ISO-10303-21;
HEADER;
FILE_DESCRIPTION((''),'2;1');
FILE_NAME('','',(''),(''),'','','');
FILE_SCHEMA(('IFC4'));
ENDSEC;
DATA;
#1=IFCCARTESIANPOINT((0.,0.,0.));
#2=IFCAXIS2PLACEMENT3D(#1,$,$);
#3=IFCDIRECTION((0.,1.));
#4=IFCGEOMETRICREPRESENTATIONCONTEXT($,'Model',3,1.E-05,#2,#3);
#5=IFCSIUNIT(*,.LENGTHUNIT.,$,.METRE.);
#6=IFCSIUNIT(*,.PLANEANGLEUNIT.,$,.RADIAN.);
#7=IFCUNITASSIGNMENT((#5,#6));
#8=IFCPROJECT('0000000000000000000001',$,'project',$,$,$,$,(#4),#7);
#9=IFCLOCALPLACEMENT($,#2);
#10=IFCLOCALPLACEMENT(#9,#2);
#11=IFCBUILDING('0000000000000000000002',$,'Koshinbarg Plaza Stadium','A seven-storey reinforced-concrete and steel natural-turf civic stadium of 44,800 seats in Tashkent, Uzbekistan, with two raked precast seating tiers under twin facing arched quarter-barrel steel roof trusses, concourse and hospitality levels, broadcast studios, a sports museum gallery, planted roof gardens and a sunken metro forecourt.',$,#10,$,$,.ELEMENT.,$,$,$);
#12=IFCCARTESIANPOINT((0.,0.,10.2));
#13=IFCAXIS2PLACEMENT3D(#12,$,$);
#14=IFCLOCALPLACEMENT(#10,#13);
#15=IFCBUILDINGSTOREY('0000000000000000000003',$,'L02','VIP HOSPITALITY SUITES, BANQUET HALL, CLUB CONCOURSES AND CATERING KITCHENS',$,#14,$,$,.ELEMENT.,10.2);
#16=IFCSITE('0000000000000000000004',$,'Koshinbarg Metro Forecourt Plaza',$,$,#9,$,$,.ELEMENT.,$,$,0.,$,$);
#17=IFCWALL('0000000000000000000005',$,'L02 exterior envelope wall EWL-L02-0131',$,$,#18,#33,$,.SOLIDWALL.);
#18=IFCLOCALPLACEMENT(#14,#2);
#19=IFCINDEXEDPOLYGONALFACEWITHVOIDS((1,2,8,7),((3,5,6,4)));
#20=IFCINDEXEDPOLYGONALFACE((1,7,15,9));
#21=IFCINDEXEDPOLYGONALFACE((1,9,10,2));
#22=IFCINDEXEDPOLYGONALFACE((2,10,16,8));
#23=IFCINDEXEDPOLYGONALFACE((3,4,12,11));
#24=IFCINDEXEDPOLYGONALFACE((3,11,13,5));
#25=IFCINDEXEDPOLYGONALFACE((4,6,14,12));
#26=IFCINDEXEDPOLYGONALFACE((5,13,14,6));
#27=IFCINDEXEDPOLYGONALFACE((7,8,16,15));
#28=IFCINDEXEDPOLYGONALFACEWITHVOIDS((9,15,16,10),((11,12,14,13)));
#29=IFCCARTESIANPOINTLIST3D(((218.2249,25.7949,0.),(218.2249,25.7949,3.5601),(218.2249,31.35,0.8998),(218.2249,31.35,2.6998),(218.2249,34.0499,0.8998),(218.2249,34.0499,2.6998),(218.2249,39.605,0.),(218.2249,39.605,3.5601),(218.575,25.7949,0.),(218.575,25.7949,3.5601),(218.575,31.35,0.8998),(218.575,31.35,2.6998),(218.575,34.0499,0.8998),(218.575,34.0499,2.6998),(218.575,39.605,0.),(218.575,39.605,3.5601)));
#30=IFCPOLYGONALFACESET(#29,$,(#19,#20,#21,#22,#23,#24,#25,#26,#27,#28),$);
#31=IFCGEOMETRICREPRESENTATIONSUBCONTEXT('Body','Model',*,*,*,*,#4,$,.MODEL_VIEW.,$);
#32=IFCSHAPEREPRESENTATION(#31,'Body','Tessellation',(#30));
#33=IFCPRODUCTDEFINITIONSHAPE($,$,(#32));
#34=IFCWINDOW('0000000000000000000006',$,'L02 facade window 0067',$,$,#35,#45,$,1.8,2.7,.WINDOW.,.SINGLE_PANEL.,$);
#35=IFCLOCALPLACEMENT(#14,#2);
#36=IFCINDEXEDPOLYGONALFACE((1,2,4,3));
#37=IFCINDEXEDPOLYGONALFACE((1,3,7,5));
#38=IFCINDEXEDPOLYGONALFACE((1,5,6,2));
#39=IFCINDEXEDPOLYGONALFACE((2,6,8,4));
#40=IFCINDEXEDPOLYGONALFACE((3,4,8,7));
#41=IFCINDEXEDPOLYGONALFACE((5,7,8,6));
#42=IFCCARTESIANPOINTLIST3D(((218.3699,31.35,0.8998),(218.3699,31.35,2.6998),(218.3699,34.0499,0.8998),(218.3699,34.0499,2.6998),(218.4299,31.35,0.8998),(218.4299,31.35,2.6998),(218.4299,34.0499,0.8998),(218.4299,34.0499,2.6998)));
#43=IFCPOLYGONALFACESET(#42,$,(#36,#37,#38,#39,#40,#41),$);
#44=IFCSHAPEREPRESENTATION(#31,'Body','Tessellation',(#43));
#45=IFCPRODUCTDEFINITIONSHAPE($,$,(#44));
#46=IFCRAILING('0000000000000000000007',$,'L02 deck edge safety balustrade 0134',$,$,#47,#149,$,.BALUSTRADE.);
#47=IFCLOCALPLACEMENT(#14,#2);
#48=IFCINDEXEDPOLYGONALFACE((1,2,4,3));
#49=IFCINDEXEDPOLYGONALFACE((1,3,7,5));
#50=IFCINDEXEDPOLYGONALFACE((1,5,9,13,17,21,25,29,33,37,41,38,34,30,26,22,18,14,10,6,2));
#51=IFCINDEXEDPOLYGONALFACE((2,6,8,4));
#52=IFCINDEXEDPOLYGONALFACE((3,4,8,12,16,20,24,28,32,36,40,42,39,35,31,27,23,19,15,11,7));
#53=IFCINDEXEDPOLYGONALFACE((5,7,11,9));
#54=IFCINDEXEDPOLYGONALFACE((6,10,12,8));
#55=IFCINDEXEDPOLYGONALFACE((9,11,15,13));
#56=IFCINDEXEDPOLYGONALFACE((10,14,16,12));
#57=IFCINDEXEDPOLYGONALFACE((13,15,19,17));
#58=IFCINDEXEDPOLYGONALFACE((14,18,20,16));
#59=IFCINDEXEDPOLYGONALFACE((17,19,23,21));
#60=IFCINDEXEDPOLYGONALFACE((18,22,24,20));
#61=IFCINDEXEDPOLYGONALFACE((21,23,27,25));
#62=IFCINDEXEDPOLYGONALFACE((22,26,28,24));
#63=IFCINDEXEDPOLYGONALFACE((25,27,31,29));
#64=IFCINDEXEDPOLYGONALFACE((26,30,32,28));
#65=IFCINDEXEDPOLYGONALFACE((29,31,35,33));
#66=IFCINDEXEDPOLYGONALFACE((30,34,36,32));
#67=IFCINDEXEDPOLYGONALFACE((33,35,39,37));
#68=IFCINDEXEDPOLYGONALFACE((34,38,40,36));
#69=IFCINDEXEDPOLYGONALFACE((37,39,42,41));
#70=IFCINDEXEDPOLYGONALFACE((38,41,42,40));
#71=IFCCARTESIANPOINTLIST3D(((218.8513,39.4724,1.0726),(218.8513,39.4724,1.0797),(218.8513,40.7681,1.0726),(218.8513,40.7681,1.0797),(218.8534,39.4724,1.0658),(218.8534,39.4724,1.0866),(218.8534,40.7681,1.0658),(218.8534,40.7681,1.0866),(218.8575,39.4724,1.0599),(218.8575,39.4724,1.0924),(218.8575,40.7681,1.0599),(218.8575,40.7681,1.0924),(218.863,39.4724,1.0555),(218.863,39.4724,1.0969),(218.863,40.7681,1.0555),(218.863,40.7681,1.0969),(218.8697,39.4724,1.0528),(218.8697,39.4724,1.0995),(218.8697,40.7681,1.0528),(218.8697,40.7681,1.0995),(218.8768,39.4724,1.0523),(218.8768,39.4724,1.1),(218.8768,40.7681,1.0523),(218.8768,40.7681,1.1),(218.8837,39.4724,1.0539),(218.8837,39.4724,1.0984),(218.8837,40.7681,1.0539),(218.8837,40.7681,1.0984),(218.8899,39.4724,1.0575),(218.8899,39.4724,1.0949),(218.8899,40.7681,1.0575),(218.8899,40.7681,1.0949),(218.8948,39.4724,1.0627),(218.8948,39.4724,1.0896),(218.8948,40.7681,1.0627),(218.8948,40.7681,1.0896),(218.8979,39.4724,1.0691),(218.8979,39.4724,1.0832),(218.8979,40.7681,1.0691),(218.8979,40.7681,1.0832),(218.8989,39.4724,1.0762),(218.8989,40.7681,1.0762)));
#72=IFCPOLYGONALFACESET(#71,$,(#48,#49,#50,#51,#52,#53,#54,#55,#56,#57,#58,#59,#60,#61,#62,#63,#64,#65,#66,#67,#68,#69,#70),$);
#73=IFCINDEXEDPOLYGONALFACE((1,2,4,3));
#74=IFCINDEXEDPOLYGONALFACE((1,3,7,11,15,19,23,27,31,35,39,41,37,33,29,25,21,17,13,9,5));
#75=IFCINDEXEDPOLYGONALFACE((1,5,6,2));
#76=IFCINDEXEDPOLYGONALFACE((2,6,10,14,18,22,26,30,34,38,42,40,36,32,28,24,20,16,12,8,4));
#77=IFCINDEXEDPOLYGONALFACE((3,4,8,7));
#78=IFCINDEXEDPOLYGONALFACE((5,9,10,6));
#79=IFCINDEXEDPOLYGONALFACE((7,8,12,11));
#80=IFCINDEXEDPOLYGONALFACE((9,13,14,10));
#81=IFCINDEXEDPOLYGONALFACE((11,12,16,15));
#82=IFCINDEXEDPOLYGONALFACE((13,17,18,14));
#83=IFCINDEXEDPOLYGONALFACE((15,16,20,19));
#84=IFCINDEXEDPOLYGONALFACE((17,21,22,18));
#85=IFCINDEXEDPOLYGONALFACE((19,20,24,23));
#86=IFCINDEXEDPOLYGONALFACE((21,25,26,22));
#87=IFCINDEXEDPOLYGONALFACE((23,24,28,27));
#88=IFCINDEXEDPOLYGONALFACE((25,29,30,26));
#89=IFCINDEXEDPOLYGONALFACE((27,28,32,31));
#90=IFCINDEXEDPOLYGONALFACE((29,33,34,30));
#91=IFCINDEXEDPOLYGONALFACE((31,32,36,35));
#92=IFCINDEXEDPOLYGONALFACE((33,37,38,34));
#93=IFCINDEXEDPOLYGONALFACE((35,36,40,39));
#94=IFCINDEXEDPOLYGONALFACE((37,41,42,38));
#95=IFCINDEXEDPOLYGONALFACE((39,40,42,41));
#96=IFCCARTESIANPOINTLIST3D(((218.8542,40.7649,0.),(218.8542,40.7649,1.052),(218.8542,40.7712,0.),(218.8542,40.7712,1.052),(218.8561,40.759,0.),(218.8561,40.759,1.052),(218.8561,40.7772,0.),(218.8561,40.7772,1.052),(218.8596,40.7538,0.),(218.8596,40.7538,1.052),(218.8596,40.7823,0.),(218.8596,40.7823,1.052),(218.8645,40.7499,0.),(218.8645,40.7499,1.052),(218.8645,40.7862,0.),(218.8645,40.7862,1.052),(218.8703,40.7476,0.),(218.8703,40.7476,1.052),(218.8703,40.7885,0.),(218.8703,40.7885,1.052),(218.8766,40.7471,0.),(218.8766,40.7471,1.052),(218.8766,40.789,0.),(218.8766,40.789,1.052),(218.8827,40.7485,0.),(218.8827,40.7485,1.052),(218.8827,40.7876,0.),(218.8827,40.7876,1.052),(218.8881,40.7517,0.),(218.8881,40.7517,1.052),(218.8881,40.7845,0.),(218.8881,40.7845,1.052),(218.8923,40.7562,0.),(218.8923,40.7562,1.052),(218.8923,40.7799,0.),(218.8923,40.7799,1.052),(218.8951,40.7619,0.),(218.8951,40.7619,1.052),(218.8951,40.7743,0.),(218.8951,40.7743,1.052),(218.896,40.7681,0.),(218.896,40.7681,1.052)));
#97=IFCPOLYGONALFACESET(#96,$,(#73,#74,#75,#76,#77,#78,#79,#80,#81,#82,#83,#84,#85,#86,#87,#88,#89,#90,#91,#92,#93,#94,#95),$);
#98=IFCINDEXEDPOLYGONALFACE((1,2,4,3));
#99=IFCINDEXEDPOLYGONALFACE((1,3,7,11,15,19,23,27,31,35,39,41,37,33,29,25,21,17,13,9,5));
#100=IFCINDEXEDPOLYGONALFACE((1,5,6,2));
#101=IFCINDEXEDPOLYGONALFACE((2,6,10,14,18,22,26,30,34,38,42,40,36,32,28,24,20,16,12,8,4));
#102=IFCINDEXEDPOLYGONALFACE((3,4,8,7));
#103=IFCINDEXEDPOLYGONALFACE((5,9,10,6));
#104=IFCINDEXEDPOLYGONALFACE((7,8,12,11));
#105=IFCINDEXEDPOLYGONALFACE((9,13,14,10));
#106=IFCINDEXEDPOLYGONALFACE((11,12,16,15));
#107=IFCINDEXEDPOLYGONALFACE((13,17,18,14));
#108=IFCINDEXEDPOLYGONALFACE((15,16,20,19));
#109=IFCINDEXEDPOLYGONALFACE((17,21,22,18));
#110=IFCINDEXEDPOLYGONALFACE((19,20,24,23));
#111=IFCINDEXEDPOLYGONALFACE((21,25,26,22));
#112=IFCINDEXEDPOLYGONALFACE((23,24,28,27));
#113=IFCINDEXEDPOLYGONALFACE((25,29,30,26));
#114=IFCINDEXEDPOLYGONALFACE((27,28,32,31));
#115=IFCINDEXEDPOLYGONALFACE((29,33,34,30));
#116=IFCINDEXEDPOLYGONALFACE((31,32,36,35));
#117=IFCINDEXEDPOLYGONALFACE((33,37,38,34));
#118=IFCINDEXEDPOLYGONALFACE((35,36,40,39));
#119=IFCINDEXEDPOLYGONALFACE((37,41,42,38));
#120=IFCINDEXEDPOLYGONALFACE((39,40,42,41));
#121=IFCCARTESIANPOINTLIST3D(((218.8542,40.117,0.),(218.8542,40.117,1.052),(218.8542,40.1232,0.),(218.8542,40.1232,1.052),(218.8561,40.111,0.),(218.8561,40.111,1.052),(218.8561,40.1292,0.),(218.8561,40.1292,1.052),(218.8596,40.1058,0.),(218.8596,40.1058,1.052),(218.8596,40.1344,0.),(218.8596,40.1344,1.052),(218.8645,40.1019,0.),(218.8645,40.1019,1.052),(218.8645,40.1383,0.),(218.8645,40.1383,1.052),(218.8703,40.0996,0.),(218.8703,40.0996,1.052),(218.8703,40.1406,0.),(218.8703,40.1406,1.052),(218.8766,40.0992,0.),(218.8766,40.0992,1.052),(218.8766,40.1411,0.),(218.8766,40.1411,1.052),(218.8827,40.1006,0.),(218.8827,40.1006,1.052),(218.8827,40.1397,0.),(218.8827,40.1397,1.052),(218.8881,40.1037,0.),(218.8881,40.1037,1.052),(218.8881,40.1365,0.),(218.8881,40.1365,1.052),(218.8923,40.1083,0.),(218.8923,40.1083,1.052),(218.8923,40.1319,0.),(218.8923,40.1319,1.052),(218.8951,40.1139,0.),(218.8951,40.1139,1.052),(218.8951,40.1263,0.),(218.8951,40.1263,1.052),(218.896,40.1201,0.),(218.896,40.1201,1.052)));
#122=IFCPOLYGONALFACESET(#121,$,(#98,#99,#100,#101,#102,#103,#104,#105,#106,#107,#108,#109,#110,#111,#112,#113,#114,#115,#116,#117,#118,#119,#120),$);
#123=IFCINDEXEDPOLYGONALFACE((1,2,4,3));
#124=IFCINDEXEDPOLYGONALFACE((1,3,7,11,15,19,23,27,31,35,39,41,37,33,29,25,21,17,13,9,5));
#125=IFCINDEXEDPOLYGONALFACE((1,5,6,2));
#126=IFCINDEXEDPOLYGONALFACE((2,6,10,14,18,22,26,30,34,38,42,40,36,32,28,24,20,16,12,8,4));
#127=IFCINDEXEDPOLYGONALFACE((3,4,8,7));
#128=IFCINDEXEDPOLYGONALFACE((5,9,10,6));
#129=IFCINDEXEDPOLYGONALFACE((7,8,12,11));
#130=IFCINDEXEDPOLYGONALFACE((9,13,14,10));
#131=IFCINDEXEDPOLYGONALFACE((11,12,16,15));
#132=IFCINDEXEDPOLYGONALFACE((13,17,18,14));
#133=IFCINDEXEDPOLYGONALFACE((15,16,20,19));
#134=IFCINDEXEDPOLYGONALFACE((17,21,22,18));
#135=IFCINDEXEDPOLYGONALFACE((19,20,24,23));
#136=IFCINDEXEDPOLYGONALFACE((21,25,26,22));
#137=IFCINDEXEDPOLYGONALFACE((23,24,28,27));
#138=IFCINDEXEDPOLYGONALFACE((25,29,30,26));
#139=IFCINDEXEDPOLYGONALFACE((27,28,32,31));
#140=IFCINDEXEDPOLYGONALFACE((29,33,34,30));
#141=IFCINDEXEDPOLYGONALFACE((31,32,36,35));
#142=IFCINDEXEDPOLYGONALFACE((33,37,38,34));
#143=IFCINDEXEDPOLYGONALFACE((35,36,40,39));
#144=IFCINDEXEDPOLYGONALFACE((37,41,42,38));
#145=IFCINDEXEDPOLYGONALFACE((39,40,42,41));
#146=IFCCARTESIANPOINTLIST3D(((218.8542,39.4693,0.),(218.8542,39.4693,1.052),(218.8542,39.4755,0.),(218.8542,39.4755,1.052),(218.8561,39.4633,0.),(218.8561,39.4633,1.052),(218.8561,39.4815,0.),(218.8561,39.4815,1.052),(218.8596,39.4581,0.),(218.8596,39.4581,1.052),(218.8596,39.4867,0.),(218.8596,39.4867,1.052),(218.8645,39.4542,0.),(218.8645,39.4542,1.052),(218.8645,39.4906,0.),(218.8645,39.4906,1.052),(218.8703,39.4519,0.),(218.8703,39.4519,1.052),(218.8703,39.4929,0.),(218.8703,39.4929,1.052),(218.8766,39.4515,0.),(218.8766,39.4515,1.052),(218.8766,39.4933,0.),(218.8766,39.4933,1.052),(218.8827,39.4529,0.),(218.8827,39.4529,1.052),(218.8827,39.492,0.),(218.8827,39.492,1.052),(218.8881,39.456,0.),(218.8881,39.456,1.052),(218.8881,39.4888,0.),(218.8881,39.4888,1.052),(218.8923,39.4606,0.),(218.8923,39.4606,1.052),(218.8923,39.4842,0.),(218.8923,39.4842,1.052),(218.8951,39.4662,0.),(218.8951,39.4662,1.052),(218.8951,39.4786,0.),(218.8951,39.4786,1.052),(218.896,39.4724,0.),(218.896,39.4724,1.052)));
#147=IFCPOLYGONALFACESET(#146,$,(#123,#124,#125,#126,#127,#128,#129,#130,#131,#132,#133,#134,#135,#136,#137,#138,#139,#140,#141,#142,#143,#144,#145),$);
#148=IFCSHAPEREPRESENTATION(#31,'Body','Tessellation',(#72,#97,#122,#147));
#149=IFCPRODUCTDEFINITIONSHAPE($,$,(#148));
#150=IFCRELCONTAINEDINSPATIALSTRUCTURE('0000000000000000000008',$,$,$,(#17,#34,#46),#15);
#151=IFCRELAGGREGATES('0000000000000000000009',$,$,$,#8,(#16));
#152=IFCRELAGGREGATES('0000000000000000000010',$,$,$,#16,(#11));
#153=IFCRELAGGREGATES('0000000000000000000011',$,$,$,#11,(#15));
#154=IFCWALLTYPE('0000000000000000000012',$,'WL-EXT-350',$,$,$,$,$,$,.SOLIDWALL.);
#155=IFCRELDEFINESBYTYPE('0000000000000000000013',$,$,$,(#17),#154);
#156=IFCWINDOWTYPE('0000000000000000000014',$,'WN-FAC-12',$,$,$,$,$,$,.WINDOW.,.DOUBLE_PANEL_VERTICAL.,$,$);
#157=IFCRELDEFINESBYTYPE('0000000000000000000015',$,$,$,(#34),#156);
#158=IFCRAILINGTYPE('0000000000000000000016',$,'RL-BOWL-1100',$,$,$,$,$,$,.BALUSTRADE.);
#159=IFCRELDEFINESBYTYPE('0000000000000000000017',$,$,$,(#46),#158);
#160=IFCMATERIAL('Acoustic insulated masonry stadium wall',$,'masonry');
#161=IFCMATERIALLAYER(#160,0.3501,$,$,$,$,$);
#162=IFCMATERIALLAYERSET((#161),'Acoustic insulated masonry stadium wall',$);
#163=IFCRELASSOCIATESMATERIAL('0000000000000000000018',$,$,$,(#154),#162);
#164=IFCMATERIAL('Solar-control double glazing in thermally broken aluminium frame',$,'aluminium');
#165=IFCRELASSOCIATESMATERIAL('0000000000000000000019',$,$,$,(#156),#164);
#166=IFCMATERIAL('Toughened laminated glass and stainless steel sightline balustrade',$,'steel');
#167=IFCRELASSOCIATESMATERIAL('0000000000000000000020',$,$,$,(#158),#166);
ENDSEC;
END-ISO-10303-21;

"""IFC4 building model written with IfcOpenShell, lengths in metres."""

from ifc_helpers import new_model, si_unit, direction, frame, frame_2d, origin, origin_2d, place, context, subcontext, project, spatial, rectangle, circle, extrude, material, layer, layer_set, type_object, element, fill, save


model = new_model("IFC4")

# Units and contexts
model_context = context("Model", 3, precision=1e-05, world=origin(), true_north=direction((0.0, 1.0)))
body_context = subcontext(model_context, "Body", "Model", "MODEL_VIEW")
ifc_project = project(units=[si_unit("LENGTHUNIT", "METRE"), si_unit("PLANEANGLEUNIT", "RADIAN")], contexts=[model_context])

# Site, building, storey
site_placement = place(None, origin())
site = spatial("IfcSite", under=ifc_project, at=site_placement, Name="Koshinbarg Metro Forecourt Plaza", CompositionType="ELEMENT", RefElevation=0.0)
building_placement = place(site_placement, origin())
building = spatial("IfcBuilding", under=site, at=building_placement, Name="Koshinbarg Plaza Stadium", Description="A seven-storey reinforced-concrete and steel natural-turf civic stadium of 44,800 seats in Tashkent, Uzbekistan, with two raked precast seating tiers under twin facing arched quarter-barrel steel roof trusses, concourse and hospitality levels, broadcast studios, a sports museum gallery, planted roof gardens and a sunken metro forecourt.", CompositionType="ELEMENT")
storey_placement = place(building_placement, frame((0.0, 0.0, 10.2)))
storey = spatial("IfcBuildingStorey", under=building, at=storey_placement, Name="L02", Description="VIP HOSPITALITY SUITES, BANQUET HALL, CLUB CONCOURSES AND CATERING KITCHENS", CompositionType="ELEMENT", Elevation=10.2)

# Wall, opening, window
ifc_material_1 = material(Name="Acoustic insulated masonry stadium wall", Category="masonry")
ifc_layer_1 = layer(ifc_material_1, 0.3501)
ifc_layer_set_1 = layer_set([ifc_layer_1], Name="Acoustic insulated masonry stadium wall")
wall_type_1 = type_object("IfcWallType", Name="WL-EXT-350", PredefinedType="SOLIDWALL", material=ifc_layer_set_1)
wall_1_placement = place(storey_placement, frame((218.3999, 39.605, 0.0), z_axis=(0.0, 0.0, 1.0), x_axis=(0.0, -1.0, 0.0)))
wall_1 = element("IfcWall", 1, at=wall_1_placement, inside=storey, type_object=wall_type_1, Name="L02 exterior envelope wall EWL-L02-0131", PredefinedType="SOLIDWALL", context=body_context, shape_type="SweptSolid", body=[
    extrude(rectangle(XDim=13.8101, YDim=0.3501, at=frame_2d((6.905, 0.0))), origin(), (0.0, 0.0, 1.0), 3.5601),
])
opening_placement = place(wall_1_placement, frame((5.5549, 0.0, 0.8999)))
opening = element("IfcOpeningElement", 2, at=opening_placement, cuts=wall_1, PredefinedType="OPENING", context=body_context, shape_type="SweptSolid", body=[
    extrude(rectangle(XDim=2.7, YDim=1.8, at=frame_2d((1.3501, 0.8999))), frame((0.0, 0.1851, 0.0), z_axis=(0.0, -1.0, 0.0), x_axis=(1.0, 0.0, 0.0)), (0.0, 0.0, 1.0), 0.3701),
])
ifc_material_2 = material(Name="Solar-control double glazing in thermally broken aluminium frame", Category="aluminium")
window_type = type_object("IfcWindowType", Name="WN-FAC-12", PartitioningType="DOUBLE_PANEL_VERTICAL", PredefinedType="WINDOW", material=ifc_material_2)
window_placement = place(opening_placement, origin())
window = element("IfcWindow", 3, at=window_placement, inside=storey, type_object=window_type, Name="L02 facade window 0067", OverallHeight=1.8, OverallWidth=2.7, PartitioningType="SINGLE_PANEL", PredefinedType="WINDOW", context=body_context, shape_type="SweptSolid", body=[
    extrude(rectangle(XDim=2.7, YDim=1.8, at=frame_2d((1.3501, 0.8999))), frame((0.0, 0.03, 0.0), z_axis=(0.0, -1.0, 0.0), x_axis=(1.0, 0.0, 0.0)), (0.0, 0.0, 1.0), 0.0601),
])
fill(opening, window)

# Railing
ifc_material_3 = material(Name="Toughened laminated glass and stainless steel sightline balustrade", Category="steel")
railing_type_1 = type_object("IfcRailingType", Name="RL-BOWL-1100", PredefinedType="BALUSTRADE", material=ifc_material_3)
railing_1_placement = place(storey_placement, frame((218.875, 40.7681, 0.0)))
element("IfcRailing", 4, at=railing_1_placement, inside=storey, type_object=railing_type_1, Name="L02 deck edge safety balustrade 0134", PredefinedType="BALUSTRADE", context=body_context, shape_type="SweptSolid", body=[
    extrude(circle(Radius=0.0239, at=origin_2d()), frame((0.0, 0.0, 1.0762), z_axis=(0.0, -1.0, 0.0), x_axis=(1.0, 0.0, 0.0)), (0.0, 0.0, 1.0), 1.2957),
    extrude(circle(Radius=0.021, at=origin_2d()), origin(), (0.0, 0.0, 1.0), 1.052),
    extrude(circle(Radius=0.021, at=origin_2d()), frame((0.0, -0.6479, 0.0)), (0.0, 0.0, 1.0), 1.052),
    extrude(circle(Radius=0.021, at=origin_2d()), frame((0.0, -1.2957, 0.0)), (0.0, 0.0, 1.0), 1.052),
])

save(model, "model.ifc")
